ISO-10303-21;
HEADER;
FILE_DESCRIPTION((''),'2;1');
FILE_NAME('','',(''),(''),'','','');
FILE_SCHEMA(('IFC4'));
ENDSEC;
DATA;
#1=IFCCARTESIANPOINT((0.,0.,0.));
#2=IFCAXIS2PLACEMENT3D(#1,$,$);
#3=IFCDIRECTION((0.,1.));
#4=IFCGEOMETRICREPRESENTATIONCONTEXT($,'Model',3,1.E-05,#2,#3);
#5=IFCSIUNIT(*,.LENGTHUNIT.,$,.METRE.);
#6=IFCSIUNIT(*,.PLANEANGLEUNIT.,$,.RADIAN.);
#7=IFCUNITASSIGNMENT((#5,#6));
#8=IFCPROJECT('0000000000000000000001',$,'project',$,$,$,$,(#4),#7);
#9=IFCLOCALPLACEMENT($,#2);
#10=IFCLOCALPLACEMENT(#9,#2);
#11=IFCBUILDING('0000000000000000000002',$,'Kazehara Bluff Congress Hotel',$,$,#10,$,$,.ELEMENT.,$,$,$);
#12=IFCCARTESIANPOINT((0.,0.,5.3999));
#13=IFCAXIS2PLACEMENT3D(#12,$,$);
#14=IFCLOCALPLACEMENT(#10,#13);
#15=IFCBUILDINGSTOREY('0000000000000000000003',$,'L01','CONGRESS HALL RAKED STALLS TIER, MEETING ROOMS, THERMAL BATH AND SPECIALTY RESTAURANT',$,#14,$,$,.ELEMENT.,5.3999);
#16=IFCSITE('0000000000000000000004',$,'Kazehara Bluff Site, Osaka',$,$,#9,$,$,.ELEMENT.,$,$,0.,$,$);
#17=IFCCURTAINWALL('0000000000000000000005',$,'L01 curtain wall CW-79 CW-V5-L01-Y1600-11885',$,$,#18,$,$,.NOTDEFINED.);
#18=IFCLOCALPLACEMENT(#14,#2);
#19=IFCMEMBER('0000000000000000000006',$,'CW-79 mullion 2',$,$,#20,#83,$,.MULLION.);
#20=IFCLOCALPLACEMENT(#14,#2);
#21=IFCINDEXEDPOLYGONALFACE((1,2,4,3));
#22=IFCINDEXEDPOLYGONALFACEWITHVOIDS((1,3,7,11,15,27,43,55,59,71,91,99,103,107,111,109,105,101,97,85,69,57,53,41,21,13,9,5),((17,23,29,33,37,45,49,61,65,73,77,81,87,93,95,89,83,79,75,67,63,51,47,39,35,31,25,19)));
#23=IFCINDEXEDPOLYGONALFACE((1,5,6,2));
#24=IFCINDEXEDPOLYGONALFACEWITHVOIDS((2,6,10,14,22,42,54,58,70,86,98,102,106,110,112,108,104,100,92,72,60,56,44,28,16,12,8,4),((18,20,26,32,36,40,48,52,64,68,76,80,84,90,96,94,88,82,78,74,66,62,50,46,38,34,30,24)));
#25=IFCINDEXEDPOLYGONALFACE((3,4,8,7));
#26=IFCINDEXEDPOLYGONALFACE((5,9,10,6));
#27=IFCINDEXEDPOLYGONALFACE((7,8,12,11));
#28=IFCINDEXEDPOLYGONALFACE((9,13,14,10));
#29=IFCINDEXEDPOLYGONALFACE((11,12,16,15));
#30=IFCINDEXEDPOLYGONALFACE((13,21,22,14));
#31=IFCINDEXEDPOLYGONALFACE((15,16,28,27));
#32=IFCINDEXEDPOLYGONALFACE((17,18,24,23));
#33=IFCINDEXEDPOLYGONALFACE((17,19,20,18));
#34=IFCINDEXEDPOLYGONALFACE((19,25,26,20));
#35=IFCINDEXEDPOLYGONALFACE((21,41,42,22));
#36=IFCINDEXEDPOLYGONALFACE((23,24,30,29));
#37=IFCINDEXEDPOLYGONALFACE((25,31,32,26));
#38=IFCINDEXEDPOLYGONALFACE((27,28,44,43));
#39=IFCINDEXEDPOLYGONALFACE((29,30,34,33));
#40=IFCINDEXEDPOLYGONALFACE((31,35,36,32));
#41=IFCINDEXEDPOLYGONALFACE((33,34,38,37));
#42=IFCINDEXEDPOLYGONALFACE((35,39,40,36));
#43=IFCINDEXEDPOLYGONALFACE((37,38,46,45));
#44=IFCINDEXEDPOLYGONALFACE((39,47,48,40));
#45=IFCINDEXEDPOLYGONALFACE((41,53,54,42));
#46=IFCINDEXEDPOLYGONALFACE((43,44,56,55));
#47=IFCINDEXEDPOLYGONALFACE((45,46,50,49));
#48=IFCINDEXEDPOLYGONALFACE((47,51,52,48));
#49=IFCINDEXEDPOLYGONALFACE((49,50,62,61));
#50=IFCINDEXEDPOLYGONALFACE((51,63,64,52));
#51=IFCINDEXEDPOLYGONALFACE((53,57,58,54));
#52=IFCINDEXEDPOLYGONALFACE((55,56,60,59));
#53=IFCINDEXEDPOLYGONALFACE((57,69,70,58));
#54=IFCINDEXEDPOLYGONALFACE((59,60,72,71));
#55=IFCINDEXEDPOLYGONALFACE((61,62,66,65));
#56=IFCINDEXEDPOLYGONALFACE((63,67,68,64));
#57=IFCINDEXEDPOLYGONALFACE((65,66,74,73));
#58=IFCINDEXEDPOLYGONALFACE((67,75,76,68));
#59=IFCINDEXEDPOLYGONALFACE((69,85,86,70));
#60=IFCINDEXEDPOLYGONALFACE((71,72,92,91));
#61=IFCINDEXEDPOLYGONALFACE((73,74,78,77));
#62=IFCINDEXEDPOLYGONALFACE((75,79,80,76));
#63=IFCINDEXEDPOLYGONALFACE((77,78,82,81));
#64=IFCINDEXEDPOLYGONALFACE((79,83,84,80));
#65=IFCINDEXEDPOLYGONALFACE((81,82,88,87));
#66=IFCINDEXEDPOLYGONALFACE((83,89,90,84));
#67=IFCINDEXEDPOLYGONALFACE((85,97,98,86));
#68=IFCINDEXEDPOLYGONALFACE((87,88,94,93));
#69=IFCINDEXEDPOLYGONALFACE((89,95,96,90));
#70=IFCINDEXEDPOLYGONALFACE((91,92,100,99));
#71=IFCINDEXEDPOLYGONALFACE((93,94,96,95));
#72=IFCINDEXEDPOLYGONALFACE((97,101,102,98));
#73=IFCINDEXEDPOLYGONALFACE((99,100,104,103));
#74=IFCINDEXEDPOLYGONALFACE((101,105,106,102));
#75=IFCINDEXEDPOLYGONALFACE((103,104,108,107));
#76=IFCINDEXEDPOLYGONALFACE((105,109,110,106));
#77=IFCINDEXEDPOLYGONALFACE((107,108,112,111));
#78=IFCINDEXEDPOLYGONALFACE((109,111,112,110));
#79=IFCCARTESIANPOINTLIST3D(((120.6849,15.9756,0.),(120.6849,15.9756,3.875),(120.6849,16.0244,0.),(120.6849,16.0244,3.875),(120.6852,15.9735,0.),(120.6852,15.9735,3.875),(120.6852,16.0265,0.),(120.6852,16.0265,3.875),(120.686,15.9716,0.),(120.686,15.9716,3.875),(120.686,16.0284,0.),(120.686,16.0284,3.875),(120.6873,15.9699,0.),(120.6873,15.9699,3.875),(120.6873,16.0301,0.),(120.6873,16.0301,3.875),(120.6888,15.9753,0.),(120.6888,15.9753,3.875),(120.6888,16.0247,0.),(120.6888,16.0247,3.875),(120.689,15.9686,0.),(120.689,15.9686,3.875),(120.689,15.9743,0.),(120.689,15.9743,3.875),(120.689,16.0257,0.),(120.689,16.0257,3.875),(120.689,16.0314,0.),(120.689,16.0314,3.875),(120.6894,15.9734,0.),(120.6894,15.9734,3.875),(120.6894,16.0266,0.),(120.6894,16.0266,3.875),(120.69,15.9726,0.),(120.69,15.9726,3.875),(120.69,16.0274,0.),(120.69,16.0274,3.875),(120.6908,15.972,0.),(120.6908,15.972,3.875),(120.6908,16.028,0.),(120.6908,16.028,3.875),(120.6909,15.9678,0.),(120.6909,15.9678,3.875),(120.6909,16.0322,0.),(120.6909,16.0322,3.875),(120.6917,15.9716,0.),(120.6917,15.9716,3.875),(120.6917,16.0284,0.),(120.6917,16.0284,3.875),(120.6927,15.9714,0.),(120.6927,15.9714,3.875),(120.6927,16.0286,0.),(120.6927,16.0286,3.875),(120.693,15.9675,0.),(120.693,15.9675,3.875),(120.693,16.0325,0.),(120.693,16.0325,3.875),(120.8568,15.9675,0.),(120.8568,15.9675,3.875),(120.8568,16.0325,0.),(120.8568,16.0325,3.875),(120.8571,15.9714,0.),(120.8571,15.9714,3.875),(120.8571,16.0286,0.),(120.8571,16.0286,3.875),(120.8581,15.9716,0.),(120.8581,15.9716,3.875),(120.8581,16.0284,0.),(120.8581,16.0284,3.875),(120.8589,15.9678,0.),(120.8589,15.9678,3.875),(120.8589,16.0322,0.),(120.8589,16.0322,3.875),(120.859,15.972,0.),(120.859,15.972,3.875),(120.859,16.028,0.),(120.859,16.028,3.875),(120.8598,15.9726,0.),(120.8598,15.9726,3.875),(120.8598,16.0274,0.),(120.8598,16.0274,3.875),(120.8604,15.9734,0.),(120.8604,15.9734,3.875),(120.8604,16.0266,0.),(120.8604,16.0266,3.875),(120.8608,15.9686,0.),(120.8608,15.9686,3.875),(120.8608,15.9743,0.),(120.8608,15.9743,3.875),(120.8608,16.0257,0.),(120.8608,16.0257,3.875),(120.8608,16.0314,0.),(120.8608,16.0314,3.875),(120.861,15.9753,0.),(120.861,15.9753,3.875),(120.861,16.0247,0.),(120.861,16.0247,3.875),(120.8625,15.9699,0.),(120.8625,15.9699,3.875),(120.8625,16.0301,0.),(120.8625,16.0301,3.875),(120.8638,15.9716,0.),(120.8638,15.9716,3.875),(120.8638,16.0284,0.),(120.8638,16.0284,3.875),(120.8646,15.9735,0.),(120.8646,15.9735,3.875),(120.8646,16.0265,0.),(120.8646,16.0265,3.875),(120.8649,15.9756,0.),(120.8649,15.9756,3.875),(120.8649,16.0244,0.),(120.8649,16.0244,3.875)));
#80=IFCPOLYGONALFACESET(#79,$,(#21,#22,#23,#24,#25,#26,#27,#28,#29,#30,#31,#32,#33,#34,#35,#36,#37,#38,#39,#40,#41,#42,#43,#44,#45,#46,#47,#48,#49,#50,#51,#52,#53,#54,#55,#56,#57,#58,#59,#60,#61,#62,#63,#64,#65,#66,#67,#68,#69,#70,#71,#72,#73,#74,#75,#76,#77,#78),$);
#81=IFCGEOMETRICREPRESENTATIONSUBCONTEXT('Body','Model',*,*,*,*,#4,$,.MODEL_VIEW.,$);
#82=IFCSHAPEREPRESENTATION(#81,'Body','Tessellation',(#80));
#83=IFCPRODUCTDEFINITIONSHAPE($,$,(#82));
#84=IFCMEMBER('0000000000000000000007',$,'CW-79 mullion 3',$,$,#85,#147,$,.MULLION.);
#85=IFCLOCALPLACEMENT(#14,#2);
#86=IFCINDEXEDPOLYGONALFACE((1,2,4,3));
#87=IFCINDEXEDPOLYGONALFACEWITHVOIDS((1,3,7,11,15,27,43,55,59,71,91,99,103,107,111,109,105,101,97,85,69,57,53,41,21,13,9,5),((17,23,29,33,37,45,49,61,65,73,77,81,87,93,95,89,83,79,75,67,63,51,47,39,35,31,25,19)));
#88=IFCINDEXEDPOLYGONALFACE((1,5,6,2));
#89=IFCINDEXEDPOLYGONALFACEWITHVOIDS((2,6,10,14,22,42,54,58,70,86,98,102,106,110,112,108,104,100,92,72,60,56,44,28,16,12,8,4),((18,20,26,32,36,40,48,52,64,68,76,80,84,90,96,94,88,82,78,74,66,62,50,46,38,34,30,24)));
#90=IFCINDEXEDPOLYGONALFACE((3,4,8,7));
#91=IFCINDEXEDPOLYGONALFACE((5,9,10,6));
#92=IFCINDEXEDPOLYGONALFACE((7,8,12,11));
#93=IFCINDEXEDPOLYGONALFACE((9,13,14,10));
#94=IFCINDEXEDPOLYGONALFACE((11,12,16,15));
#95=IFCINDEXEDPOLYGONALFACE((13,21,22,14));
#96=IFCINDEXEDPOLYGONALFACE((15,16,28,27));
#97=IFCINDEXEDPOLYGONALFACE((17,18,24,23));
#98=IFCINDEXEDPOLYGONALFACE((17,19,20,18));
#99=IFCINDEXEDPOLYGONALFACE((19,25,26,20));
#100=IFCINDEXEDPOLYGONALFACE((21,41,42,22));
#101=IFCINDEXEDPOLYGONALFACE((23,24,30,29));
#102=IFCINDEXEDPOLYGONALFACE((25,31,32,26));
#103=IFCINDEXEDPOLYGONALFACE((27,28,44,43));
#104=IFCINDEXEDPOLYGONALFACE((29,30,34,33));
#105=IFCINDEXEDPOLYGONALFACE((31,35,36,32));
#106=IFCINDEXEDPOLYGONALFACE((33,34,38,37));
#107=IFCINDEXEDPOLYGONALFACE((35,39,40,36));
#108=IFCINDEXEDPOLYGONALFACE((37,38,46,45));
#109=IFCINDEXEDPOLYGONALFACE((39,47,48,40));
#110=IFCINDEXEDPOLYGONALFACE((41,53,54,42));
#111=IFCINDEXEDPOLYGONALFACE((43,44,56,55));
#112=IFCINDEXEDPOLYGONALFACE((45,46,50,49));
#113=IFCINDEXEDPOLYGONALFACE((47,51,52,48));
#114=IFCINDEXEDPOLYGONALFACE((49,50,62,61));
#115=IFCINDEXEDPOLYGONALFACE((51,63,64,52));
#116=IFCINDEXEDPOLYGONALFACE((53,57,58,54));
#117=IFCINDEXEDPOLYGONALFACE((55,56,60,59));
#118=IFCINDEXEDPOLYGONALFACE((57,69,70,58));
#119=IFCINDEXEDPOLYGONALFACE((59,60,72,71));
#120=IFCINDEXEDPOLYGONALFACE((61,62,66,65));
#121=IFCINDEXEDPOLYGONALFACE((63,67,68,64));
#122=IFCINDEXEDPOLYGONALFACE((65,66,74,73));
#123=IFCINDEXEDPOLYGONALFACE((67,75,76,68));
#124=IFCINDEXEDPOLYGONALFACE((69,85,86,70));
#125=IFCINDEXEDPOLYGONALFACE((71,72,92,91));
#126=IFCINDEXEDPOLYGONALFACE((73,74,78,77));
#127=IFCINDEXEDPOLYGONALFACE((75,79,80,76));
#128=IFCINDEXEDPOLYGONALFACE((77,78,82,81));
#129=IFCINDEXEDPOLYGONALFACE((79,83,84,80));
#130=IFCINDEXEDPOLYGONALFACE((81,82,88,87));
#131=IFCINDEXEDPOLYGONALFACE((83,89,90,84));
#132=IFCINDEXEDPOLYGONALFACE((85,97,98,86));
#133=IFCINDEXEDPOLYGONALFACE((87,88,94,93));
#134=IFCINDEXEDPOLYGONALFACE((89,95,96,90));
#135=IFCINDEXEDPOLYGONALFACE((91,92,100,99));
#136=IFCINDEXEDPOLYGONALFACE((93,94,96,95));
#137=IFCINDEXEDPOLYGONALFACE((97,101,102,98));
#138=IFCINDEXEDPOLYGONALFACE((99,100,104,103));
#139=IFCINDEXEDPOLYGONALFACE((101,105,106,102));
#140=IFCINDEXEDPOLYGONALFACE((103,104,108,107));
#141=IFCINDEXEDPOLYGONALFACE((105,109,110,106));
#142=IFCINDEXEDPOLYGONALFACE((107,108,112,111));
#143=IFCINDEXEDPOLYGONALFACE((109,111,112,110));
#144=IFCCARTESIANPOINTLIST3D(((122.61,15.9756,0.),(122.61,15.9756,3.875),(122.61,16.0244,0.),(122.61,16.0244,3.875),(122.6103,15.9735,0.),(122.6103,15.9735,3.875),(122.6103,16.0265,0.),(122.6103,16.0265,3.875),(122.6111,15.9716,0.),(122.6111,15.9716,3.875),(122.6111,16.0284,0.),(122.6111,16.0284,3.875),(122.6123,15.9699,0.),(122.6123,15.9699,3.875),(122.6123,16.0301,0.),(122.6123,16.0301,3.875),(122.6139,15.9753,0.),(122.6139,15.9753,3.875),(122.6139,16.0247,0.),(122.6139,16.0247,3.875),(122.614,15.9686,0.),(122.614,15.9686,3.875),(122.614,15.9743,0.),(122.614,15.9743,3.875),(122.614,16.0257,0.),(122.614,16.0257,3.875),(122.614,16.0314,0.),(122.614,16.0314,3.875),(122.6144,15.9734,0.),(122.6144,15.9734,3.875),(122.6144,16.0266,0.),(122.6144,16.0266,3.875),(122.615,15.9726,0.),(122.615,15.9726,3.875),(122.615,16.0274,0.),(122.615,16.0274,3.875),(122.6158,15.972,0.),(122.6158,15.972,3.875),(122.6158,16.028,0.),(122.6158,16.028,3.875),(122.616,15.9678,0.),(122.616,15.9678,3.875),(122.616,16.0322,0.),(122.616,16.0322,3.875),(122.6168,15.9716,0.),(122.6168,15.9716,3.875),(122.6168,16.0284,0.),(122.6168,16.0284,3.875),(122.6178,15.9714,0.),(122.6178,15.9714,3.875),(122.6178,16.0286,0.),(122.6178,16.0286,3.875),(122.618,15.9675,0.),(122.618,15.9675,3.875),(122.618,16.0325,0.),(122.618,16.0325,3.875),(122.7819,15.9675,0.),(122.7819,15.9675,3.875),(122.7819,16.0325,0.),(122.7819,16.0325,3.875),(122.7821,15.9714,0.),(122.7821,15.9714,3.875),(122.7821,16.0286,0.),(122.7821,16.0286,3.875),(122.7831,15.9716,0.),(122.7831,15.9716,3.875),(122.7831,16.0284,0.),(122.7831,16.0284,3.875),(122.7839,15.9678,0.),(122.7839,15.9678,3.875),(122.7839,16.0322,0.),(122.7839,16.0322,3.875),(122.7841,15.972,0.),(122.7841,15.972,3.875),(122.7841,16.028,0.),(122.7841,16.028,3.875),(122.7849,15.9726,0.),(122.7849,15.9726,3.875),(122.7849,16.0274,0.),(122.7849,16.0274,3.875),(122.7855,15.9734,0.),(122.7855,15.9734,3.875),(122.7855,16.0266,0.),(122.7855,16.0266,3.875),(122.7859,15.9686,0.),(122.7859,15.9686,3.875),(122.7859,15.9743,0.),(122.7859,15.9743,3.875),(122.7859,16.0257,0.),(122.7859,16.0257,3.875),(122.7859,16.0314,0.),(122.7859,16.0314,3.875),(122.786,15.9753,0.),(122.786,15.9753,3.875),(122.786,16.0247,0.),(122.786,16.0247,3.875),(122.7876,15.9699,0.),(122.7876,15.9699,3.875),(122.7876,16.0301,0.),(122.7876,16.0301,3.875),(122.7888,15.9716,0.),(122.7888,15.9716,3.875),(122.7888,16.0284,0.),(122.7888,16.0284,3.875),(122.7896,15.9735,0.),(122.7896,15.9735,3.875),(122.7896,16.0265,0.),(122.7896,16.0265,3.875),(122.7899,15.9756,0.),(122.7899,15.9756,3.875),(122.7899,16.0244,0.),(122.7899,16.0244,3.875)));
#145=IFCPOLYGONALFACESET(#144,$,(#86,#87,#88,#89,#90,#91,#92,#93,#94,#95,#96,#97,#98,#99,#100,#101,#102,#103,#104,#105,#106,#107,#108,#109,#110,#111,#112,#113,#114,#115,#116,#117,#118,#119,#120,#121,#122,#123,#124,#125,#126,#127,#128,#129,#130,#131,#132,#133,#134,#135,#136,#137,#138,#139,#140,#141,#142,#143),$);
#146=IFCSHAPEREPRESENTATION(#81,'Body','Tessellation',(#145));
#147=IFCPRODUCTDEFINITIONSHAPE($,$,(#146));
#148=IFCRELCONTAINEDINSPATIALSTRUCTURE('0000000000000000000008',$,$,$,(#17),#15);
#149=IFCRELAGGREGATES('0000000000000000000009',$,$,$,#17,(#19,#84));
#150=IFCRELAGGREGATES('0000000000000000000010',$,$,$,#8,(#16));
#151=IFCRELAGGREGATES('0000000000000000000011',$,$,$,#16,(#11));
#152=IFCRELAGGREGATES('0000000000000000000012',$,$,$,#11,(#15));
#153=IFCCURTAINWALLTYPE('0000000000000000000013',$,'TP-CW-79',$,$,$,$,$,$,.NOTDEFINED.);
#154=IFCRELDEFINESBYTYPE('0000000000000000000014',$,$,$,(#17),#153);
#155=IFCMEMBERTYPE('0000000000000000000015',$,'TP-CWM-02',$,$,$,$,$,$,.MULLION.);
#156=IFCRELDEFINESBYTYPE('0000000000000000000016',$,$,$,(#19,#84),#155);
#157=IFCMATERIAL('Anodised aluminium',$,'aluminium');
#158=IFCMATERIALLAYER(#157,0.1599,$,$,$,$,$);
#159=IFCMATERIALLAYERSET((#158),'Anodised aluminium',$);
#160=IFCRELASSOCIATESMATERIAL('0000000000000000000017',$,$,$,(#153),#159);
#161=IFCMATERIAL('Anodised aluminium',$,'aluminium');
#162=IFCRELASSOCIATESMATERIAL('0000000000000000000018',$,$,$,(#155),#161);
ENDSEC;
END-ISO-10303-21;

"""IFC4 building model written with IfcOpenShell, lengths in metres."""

from ifc_helpers import new_model, si_unit, direction, frame, origin, origin_2d, place, context, subcontext, project, spatial, hollow_rectangle, extrude, material, layer, layer_set, material_profile, profile_set, type_object, element, aggregate, save


model = new_model("IFC4")

# Units and contexts
model_context = context("Model", 3, precision=1e-05, world=origin(), true_north=direction((0.0, 1.0)))
body_context = subcontext(model_context, "Body", "Model", "MODEL_VIEW")
ifc_project = project(units=[si_unit("LENGTHUNIT", "METRE"), si_unit("PLANEANGLEUNIT", "RADIAN")], contexts=[model_context])

# Site, building, storey
site_placement = place(None, origin())
site = spatial("IfcSite", under=ifc_project, at=site_placement, Name="Kazehara Bluff Site, Osaka", CompositionType="ELEMENT", RefElevation=0.0)
building_placement = place(site_placement, origin())
building = spatial("IfcBuilding", under=site, at=building_placement, Name="Kazehara Bluff Congress Hotel", CompositionType="ELEMENT")
storey_placement = place(building_placement, frame((0.0, 0.0, 5.3999)))
storey = spatial("IfcBuildingStorey", under=building, at=storey_placement, Name="L01", Description="CONGRESS HALL RAKED STALLS TIER, MEETING ROOMS, THERMAL BATH AND SPECIALTY RESTAURANT", CompositionType="ELEMENT", Elevation=5.3999)

# Curtain wall, members
ifc_material_1 = material(Name="Anodised aluminium", Category="aluminium")
ifc_layer_1 = layer(ifc_material_1, 0.1599)
ifc_layer_set_1 = layer_set([ifc_layer_1], Name="Anodised aluminium")
curtain_wall_type = type_object("IfcCurtainWallType", Name="TP-CW-79", PredefinedType="NOTDEFINED", material=ifc_layer_set_1)
curtain_wall_placement = place(storey_placement, origin())
curtain_wall = element("IfcCurtainWall", 1, at=curtain_wall_placement, inside=storey, type_object=curtain_wall_type, Name="L01 curtain wall CW-79 CW-V5-L01-Y1600-11885", PredefinedType="NOTDEFINED")
ifc_material_2 = material(Name="Anodised aluminium", Category="aluminium")
ifc_material_profile_1 = material_profile(ifc_material_2, hollow_rectangle(XDim=0.0649, YDim=0.1799, WallThickness=0.0039, InnerFilletRadius=0.0039, OuterFilletRadius=0.0081, at=origin_2d()))
ifc_profile_set_1 = profile_set([ifc_material_profile_1], Name="Anodised aluminium")
member_type_1 = type_object("IfcMemberType", Name="TP-CWM-02", PredefinedType="MULLION", material=ifc_profile_set_1)
member_1_placement = place(storey_placement, frame((120.7749, 16.0, 0.0), z_axis=(0.0, 0.0, 1.0), x_axis=(0.0, 1.0, 0.0)))
member_1 = element("IfcMember", 2, at=member_1_placement, type_object=member_type_1, Name="CW-79 mullion 2", PredefinedType="MULLION", context=body_context, shape_type="SweptSolid", body=[
    extrude(hollow_rectangle(XDim=0.0649, YDim=0.1799, WallThickness=0.0039, InnerFilletRadius=0.0039, OuterFilletRadius=0.0081, at=origin_2d()), origin(), (0.0, 0.0, 1.0), 3.875),
])
member_2_placement = place(storey_placement, frame((122.7, 16.0, 0.0), z_axis=(0.0, 0.0, 1.0), x_axis=(0.0, 1.0, 0.0)))
member_2 = element("IfcMember", 3, at=member_2_placement, type_object=member_type_1, Name="CW-79 mullion 3", PredefinedType="MULLION", context=body_context, shape_type="SweptSolid", body=[
    extrude(hollow_rectangle(XDim=0.0649, YDim=0.1799, WallThickness=0.0039, InnerFilletRadius=0.0039, OuterFilletRadius=0.0081, at=origin_2d()), origin(), (0.0, 0.0, 1.0), 3.875),
])
aggregate(curtain_wall, [member_1, member_2])

save(model, "model.ifc")
